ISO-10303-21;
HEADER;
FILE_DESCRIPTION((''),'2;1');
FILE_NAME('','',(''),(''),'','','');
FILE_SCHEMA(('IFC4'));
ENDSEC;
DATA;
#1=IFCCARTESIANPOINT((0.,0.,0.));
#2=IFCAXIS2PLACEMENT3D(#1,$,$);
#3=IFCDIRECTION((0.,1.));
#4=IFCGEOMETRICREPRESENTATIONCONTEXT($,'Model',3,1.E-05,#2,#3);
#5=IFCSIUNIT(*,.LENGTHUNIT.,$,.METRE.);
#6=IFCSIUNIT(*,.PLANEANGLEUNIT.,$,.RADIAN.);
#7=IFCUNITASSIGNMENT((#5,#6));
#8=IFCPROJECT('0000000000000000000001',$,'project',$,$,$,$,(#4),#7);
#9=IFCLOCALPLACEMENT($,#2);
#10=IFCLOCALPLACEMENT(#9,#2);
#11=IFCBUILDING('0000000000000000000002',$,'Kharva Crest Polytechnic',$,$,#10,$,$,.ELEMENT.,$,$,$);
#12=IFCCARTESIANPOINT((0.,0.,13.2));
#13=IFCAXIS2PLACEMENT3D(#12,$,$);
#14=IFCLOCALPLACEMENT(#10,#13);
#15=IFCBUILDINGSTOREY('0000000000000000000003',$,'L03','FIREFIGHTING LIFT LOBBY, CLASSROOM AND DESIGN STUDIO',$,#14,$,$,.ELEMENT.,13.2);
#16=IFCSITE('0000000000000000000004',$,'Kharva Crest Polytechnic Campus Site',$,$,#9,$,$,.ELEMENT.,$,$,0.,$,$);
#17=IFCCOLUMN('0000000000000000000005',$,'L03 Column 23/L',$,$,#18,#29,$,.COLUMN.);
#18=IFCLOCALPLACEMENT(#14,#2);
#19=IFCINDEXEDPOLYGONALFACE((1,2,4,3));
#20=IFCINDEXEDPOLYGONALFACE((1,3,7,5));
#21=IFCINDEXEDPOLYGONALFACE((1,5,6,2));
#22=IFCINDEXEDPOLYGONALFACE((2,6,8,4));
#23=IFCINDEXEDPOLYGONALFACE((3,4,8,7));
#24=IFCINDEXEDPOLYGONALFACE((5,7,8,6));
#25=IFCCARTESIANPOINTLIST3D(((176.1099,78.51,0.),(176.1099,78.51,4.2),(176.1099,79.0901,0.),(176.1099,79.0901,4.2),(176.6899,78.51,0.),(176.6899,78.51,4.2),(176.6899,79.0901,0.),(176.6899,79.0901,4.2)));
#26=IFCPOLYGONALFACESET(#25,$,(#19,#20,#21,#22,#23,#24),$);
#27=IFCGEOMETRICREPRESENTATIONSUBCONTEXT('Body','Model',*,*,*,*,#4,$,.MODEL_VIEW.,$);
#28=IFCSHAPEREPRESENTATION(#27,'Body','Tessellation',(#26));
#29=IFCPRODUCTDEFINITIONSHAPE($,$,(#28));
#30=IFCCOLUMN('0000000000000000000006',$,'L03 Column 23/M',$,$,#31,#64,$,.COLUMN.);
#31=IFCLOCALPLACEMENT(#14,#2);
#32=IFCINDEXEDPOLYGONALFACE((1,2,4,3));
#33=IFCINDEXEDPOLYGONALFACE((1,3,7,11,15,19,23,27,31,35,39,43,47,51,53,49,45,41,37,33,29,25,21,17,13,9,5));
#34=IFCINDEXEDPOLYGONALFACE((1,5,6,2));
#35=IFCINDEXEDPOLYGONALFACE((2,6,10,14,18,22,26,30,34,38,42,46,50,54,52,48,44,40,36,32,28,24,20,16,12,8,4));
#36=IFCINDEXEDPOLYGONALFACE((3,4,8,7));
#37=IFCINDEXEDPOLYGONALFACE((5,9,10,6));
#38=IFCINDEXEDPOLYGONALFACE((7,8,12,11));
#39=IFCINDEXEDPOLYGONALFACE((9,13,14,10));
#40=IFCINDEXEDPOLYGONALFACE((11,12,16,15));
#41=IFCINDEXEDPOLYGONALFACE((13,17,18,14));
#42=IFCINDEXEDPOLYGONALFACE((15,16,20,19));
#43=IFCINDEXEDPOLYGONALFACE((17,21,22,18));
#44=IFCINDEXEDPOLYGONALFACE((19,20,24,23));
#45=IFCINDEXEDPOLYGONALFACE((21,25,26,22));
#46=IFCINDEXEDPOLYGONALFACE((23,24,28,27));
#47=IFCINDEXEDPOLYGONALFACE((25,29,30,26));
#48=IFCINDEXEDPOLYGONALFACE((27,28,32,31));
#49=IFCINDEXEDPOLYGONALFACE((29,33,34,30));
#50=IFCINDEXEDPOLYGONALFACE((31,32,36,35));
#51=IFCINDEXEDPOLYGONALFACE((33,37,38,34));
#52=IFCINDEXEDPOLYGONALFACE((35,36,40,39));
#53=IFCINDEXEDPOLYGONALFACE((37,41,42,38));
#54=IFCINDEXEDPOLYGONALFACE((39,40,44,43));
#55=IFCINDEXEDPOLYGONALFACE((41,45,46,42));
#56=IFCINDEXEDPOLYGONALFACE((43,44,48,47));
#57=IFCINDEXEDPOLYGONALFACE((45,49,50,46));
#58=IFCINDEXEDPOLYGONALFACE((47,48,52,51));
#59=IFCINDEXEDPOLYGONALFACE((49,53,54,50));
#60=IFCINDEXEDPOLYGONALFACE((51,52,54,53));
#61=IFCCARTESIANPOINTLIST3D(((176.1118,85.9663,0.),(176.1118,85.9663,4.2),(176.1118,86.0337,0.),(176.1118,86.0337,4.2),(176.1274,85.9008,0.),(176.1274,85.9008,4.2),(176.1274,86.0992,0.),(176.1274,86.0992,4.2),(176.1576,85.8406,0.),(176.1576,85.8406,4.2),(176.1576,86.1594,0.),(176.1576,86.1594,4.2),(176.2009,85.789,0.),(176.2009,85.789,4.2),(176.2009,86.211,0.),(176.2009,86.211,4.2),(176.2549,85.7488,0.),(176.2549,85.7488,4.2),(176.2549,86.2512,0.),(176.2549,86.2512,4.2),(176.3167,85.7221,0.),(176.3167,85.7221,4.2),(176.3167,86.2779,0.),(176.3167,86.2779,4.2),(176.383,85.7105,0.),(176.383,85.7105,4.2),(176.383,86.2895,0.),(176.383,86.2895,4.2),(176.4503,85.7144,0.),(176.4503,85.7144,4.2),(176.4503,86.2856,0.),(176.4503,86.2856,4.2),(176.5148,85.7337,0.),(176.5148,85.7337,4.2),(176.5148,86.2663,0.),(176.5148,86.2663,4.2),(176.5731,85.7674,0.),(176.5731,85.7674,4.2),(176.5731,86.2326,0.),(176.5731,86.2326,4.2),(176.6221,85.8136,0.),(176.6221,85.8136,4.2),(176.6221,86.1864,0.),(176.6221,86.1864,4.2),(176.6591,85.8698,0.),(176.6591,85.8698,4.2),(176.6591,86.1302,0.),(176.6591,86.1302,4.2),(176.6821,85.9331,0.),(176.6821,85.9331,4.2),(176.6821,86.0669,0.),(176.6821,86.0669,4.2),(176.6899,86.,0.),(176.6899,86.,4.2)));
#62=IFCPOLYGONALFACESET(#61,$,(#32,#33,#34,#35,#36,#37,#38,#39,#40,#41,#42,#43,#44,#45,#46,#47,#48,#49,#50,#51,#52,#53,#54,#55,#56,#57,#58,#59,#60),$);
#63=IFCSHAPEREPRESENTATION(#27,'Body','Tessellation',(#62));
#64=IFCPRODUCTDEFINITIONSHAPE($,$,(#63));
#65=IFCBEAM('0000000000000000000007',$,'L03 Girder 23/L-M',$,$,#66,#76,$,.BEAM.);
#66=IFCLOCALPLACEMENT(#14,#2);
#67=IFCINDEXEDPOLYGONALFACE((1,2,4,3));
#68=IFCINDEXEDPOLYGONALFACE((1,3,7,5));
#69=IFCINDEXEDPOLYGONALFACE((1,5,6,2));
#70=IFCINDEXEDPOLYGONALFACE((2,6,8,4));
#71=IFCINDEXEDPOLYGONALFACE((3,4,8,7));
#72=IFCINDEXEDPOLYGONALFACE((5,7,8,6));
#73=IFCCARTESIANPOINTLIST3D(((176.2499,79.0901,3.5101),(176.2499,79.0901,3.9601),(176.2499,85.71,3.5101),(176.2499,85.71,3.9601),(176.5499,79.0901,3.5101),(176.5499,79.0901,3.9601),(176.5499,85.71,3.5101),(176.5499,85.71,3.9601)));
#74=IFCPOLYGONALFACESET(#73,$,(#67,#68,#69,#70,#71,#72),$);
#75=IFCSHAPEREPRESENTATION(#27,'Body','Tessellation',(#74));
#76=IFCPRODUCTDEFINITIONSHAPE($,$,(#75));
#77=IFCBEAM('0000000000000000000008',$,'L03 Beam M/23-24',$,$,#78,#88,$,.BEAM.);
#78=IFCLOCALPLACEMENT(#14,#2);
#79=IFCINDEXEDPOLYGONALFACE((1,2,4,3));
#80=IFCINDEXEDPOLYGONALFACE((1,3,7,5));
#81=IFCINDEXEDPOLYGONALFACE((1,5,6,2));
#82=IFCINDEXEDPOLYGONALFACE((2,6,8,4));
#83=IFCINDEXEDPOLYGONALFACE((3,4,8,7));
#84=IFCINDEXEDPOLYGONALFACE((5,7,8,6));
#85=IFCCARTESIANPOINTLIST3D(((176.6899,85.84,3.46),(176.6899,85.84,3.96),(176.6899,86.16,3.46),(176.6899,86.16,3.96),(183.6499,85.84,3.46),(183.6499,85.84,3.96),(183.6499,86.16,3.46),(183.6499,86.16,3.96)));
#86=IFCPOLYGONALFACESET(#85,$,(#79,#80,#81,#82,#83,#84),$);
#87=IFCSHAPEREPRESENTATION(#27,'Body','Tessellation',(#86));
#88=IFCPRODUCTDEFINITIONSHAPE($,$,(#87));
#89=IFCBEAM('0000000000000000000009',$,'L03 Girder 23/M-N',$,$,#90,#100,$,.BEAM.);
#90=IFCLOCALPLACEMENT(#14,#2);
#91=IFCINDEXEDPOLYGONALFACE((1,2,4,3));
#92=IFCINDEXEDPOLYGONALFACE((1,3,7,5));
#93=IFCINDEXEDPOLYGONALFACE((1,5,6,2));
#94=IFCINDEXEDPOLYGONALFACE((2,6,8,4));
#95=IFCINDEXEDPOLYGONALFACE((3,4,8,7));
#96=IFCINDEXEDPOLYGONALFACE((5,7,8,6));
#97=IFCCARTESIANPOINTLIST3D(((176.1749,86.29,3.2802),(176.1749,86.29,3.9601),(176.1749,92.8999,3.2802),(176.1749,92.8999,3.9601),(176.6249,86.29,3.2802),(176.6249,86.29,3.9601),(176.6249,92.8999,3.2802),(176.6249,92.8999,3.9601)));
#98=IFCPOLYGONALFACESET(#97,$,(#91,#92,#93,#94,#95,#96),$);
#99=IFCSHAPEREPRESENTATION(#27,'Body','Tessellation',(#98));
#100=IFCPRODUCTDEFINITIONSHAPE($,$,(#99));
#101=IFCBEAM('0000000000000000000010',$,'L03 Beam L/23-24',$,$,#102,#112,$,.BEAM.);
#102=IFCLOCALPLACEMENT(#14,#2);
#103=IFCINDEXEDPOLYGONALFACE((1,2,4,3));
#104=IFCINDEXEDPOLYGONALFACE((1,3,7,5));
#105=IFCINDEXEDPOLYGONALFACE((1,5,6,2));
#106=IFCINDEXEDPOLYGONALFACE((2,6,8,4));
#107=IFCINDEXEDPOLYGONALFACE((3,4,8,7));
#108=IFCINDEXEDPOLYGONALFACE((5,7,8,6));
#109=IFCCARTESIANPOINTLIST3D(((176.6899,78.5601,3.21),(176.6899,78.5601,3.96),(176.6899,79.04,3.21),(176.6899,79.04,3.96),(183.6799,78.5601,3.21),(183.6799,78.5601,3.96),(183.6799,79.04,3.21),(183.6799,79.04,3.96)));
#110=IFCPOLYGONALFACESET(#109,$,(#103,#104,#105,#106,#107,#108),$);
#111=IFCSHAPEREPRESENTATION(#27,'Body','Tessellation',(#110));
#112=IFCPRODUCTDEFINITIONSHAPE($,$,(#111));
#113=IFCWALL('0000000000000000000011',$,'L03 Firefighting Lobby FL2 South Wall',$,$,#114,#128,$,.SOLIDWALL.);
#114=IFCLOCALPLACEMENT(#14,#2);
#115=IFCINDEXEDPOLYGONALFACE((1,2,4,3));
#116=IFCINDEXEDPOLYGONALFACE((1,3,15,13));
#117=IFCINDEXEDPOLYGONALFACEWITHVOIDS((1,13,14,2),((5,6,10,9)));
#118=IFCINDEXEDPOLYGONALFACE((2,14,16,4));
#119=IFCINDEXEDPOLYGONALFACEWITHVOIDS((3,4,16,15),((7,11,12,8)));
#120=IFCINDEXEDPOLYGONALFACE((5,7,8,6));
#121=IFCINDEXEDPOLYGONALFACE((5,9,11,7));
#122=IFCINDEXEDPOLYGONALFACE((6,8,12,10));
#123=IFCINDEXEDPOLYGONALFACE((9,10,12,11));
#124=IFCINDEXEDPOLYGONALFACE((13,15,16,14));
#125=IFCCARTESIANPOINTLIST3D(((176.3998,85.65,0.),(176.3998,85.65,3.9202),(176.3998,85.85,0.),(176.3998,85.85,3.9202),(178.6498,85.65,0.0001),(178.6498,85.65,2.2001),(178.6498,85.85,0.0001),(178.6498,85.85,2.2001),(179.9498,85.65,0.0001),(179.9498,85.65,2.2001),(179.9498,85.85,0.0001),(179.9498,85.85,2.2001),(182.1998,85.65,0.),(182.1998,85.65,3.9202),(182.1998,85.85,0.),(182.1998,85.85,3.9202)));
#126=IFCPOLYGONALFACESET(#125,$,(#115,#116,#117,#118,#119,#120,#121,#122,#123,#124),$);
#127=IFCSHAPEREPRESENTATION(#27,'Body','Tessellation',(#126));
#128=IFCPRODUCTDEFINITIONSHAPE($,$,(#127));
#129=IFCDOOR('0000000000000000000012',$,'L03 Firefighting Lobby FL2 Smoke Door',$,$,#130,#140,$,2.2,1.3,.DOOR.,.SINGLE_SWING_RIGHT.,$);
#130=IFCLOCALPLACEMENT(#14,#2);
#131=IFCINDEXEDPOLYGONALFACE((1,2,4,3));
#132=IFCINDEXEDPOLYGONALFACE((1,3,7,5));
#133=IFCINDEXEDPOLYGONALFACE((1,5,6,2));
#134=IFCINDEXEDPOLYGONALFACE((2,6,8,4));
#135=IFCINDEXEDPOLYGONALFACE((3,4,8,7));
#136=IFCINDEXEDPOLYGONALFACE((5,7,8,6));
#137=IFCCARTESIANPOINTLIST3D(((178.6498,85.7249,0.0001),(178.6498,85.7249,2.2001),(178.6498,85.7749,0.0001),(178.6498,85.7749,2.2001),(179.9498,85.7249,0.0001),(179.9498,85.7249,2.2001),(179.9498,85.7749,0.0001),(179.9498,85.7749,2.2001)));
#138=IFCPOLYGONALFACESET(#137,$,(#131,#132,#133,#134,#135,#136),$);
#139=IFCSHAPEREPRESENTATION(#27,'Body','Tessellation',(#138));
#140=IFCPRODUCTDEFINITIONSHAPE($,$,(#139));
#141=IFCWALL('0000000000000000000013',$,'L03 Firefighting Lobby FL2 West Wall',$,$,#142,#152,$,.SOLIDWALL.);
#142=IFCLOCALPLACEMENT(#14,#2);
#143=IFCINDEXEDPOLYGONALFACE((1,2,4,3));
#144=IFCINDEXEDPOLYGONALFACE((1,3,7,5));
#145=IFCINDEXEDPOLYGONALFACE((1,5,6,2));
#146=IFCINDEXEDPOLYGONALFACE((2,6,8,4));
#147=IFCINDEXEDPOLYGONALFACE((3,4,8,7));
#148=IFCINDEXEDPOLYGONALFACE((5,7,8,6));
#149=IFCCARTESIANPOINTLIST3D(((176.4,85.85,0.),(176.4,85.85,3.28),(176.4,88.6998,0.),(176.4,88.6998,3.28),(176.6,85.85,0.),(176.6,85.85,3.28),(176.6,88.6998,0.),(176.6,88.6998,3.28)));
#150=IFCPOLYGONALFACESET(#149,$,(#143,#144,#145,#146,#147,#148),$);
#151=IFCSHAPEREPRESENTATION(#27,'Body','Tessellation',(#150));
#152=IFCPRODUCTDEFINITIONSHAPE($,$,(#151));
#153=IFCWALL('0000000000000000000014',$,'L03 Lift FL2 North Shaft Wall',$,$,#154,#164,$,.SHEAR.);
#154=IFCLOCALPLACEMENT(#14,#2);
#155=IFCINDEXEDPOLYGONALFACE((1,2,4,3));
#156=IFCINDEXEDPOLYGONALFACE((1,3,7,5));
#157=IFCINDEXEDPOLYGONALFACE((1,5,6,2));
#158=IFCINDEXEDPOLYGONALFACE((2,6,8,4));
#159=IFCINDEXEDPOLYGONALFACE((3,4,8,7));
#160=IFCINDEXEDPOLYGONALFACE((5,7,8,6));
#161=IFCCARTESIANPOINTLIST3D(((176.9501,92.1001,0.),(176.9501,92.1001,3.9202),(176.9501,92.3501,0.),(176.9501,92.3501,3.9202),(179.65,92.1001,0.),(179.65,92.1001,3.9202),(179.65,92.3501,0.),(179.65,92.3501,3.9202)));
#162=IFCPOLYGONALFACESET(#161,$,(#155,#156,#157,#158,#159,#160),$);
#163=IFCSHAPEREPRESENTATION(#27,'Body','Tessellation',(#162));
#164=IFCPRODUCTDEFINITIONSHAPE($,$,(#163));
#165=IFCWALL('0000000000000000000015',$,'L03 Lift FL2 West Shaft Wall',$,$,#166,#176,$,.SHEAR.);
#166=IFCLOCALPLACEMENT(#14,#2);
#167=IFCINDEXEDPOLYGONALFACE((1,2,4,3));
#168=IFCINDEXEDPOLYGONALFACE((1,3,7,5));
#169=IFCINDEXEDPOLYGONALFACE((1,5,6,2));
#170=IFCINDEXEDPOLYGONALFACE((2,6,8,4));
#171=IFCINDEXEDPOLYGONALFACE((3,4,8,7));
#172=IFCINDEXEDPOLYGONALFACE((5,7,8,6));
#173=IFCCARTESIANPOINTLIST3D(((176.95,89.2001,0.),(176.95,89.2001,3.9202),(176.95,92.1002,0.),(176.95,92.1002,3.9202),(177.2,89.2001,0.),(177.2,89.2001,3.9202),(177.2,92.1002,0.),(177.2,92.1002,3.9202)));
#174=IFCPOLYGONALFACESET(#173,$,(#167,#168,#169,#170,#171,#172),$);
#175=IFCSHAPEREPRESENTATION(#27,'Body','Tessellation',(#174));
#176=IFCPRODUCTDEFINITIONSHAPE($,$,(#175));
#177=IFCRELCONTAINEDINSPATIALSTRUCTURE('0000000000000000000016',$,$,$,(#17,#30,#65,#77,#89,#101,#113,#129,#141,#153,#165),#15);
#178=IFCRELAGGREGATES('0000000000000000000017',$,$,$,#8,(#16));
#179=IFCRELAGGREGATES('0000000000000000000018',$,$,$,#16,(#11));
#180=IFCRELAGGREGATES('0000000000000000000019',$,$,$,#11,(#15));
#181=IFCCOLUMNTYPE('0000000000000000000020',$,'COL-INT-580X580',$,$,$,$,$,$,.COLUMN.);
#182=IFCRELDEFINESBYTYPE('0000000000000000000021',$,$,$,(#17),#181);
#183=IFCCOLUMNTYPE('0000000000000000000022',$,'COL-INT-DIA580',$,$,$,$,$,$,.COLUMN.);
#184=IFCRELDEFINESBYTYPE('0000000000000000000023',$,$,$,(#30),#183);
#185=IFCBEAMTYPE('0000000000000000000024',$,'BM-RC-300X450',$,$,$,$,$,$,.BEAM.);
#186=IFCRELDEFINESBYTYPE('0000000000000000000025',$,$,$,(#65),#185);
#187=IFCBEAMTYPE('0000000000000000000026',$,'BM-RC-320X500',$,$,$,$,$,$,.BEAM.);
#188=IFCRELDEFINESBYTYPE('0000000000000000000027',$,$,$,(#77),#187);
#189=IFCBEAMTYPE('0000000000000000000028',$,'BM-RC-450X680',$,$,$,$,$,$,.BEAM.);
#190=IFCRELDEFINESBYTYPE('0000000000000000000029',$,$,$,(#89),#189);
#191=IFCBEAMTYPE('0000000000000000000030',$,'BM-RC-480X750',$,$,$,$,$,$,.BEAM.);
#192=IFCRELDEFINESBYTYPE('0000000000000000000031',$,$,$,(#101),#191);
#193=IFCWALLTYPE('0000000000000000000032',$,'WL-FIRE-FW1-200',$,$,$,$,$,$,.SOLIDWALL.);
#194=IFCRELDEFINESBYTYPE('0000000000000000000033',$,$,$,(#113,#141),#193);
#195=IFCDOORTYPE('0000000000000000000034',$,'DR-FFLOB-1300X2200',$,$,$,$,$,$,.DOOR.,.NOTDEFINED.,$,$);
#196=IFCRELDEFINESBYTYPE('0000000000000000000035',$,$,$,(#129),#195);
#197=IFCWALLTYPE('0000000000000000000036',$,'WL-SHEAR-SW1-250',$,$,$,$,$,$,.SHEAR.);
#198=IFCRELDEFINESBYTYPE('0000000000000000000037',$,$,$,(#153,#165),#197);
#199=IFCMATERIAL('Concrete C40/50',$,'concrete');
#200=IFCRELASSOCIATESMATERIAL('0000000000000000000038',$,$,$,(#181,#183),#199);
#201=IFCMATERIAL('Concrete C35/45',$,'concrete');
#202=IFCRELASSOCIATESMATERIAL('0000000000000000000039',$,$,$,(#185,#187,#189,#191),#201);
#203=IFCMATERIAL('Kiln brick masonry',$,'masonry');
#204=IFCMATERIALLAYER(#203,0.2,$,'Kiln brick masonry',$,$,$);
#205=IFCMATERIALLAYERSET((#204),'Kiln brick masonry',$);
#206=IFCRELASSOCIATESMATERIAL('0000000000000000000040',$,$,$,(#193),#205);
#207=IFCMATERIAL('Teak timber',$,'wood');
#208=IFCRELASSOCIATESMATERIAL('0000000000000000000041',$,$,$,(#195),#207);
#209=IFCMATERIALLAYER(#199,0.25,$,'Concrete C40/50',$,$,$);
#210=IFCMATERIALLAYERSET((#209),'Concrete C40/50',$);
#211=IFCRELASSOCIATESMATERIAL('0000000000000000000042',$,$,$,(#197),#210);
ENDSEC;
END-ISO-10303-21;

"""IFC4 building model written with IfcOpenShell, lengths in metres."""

from ifc_helpers import new_model, si_unit, direction, frame, frame_2d, origin, origin_2d, place, context, subcontext, project, spatial, rectangle, circle, extrude, material, layer, layer_set, material_profile, profile_set, type_object, element, fill, save


model = new_model("IFC4")

# Units and contexts
model_context = context("Model", 3, precision=1e-05, world=origin(), true_north=direction((0.0, 1.0)))
body_context = subcontext(model_context, "Body", "Model", "MODEL_VIEW")
ifc_project = project(units=[si_unit("LENGTHUNIT", "METRE"), si_unit("PLANEANGLEUNIT", "RADIAN")], contexts=[model_context])

# Site, building, storey
site_placement = place(None, origin())
site = spatial("IfcSite", under=ifc_project, at=site_placement, Name="Kharva Crest Polytechnic Campus Site", CompositionType="ELEMENT", RefElevation=0.0)
building_placement = place(site_placement, origin())
building = spatial("IfcBuilding", under=site, at=building_placement, Name="Kharva Crest Polytechnic", CompositionType="ELEMENT")
storey_placement = place(building_placement, frame((0.0, 0.0, 13.2)))
storey = spatial("IfcBuildingStorey", under=building, at=storey_placement, Name="L03", Description="FIREFIGHTING LIFT LOBBY, CLASSROOM AND DESIGN STUDIO", CompositionType="ELEMENT", Elevation=13.2)

# Columns
ifc_material_1 = material(Name="Concrete C40/50", Category="concrete")
ifc_material_profile_1 = material_profile(ifc_material_1, rectangle(XDim=0.5801, YDim=0.5801, at=origin_2d()), Name="RECT 580 X 580")
ifc_profile_set_1 = profile_set([ifc_material_profile_1], Name="Concrete C40/50")
column_type_1 = type_object("IfcColumnType", Name="COL-INT-580X580", PredefinedType="COLUMN", material=ifc_profile_set_1)
column_1_placement = place(storey_placement, frame((176.3999, 78.8, 0.0), z_axis=(0.0, 0.0, 1.0), x_axis=(1.0, 0.0, 0.0)))
element("IfcColumn", 1, at=column_1_placement, inside=storey, type_object=column_type_1, Name="L03 Column 23/L", PredefinedType="COLUMN", context=body_context, shape_type="SweptSolid", body=[
    extrude(rectangle(XDim=0.5801, YDim=0.5801, at=origin_2d()), origin(), (0.0, 0.0, 1.0), 4.2),
])
ifc_material_profile_2 = material_profile(ifc_material_1, circle(Radius=0.29, at=origin_2d()), Name="DIA 580")
ifc_profile_set_2 = profile_set([ifc_material_profile_2], Name="Concrete C40/50")
column_type_2 = type_object("IfcColumnType", Name="COL-INT-DIA580", PredefinedType="COLUMN", material=ifc_profile_set_2)
column_2_placement = place(storey_placement, frame((176.3999, 86.0, 0.0), z_axis=(0.0, 0.0, 1.0), x_axis=(1.0, 0.0, 0.0)))
element("IfcColumn", 2, at=column_2_placement, inside=storey, type_object=column_type_2, Name="L03 Column 23/M", PredefinedType="COLUMN", context=body_context, shape_type="SweptSolid", body=[
    extrude(circle(Radius=0.29, at=origin_2d()), origin(), (0.0, 0.0, 1.0), 4.2),
])

# Beams
ifc_material_2 = material(Name="Concrete C35/45", Category="concrete")
ifc_material_profile_3 = material_profile(ifc_material_2, rectangle(XDim=0.3, YDim=0.45, at=origin_2d()), Name="RECT 300 X 450")
ifc_profile_set_3 = profile_set([ifc_material_profile_3], Name="Concrete C35/45")
beam_type_1 = type_object("IfcBeamType", Name="BM-RC-300X450", PredefinedType="BEAM", material=ifc_profile_set_3)
beam_1_placement = place(storey_placement, frame((176.3999, 79.0901, 3.7351), z_axis=(0.0, 1.0, 0.0), x_axis=(-1.0, 0.0, 0.0)))
element("IfcBeam", 3, at=beam_1_placement, inside=storey, type_object=beam_type_1, Name="L03 Girder 23/L-M", PredefinedType="BEAM", context=body_context, shape_type="SweptSolid", body=[
    extrude(rectangle(XDim=0.3, YDim=0.45, at=origin_2d()), origin(), (0.0, 0.0, 1.0), 6.6199),
])
ifc_material_profile_4 = material_profile(ifc_material_2, rectangle(XDim=0.3201, YDim=0.5, at=origin_2d()), Name="RECT 320 X 500")
ifc_profile_set_4 = profile_set([ifc_material_profile_4], Name="Concrete C35/45")
beam_type_2 = type_object("IfcBeamType", Name="BM-RC-320X500", PredefinedType="BEAM", material=ifc_profile_set_4)
beam_2_placement = place(storey_placement, frame((176.6899, 86.0, 3.71), z_axis=(1.0, 0.0, 0.0), x_axis=(0.0, 1.0, 0.0)))
element("IfcBeam", 4, at=beam_2_placement, inside=storey, type_object=beam_type_2, Name="L03 Beam M/23-24", PredefinedType="BEAM", context=body_context, shape_type="SweptSolid", body=[
    extrude(rectangle(XDim=0.3201, YDim=0.5, at=origin_2d()), origin(), (0.0, 0.0, 1.0), 6.96),
])
ifc_material_profile_5 = material_profile(ifc_material_2, rectangle(XDim=0.45, YDim=0.6799, at=origin_2d()), Name="RECT 450 X 680")
ifc_profile_set_5 = profile_set([ifc_material_profile_5], Name="Concrete C35/45")
beam_type_3 = type_object("IfcBeamType", Name="BM-RC-450X680", PredefinedType="BEAM", material=ifc_profile_set_5)
beam_3_placement = place(storey_placement, frame((176.3999, 86.29, 3.6201), z_axis=(0.0, 1.0, 0.0), x_axis=(-1.0, 0.0, 0.0)))
element("IfcBeam", 5, at=beam_3_placement, inside=storey, type_object=beam_type_3, Name="L03 Girder 23/M-N", PredefinedType="BEAM", context=body_context, shape_type="SweptSolid", body=[
    extrude(rectangle(XDim=0.45, YDim=0.6799, at=origin_2d()), origin(), (0.0, 0.0, 1.0), 6.6099),
])
ifc_material_profile_6 = material_profile(ifc_material_2, rectangle(XDim=0.48, YDim=0.75, at=origin_2d()), Name="RECT 480 X 750")
ifc_profile_set_6 = profile_set([ifc_material_profile_6], Name="Concrete C35/45")
beam_type_4 = type_object("IfcBeamType", Name="BM-RC-480X750", PredefinedType="BEAM", material=ifc_profile_set_6)
beam_4_placement = place(storey_placement, frame((176.6899, 78.8, 3.585), z_axis=(1.0, 0.0, 0.0), x_axis=(0.0, 1.0, 0.0)))
element("IfcBeam", 6, at=beam_4_placement, inside=storey, type_object=beam_type_4, Name="L03 Beam L/23-24", PredefinedType="BEAM", context=body_context, shape_type="SweptSolid", body=[
    extrude(rectangle(XDim=0.48, YDim=0.75, at=origin_2d()), origin(), (0.0, 0.0, 1.0), 6.99),
])

# Wall, opening, door
ifc_material_3 = material(Name="Kiln brick masonry", Category="masonry")
ifc_layer_1 = layer(ifc_material_3, 0.2, Name="Kiln brick masonry")
ifc_layer_set_1 = layer_set([ifc_layer_1], Name="Kiln brick masonry")
wall_type_1 = type_object("IfcWallType", Name="WL-FIRE-FW1-200", PredefinedType="SOLIDWALL", material=ifc_layer_set_1)
wall_1_placement = place(storey_placement, frame((176.3999, 85.75, 0.0), z_axis=(0.0, 0.0, 1.0), x_axis=(1.0, 0.0, 0.0)))
wall_1 = element("IfcWall", 7, at=wall_1_placement, inside=storey, type_object=wall_type_1, Name="L03 Firefighting Lobby FL2 South Wall", PredefinedType="SOLIDWALL", context=body_context, shape_type="SweptSolid", body=[
    extrude(rectangle(XDim=5.8, YDim=0.2, at=frame_2d((2.8999, 0.0))), origin(), (0.0, 0.0, 1.0), 3.9202),
])
opening_1_placement = place(wall_1_placement, frame((2.25, 0.0, 0.0)))
opening_1 = element("IfcOpeningElement", 8, at=opening_1_placement, cuts=wall_1, PredefinedType="OPENING", context=body_context, shape_type="SweptSolid", body=[
    extrude(rectangle(XDim=1.3, YDim=2.2, at=frame_2d((0.6499, 1.1001))), frame((0.0, 0.1099, 0.0), z_axis=(0.0, -1.0, 0.0), x_axis=(1.0, 0.0, 0.0)), (0.0, 0.0, 1.0), 0.22),
])
ifc_material_4 = material(Name="Teak timber", Category="wood")
door_type_1 = type_object("IfcDoorType", Name="DR-FFLOB-1300X2200", OperationType="NOTDEFINED", PredefinedType="DOOR", material=ifc_material_4)
door_1_placement = place(opening_1_placement, origin())
door_1 = element("IfcDoor", 9, at=door_1_placement, inside=storey, type_object=door_type_1, Name="L03 Firefighting Lobby FL2 Smoke Door", OperationType="SINGLE_SWING_RIGHT", OverallHeight=2.2, OverallWidth=1.3, PredefinedType="DOOR", context=body_context, shape_type="SweptSolid", body=[
    extrude(rectangle(XDim=1.3, YDim=2.2, at=frame_2d((0.6499, 1.1001))), frame((0.0, 0.0249, 0.0), z_axis=(0.0, -1.0, 0.0), x_axis=(1.0, 0.0, 0.0)), (0.0, 0.0, 1.0), 0.05),
])
fill(opening_1, door_1)

# Wall
wall_2_placement = place(storey_placement, frame((176.5, 85.8501, 0.0), z_axis=(0.0, 0.0, 1.0), x_axis=(0.0, 1.0, 0.0)))
element("IfcWall", 10, at=wall_2_placement, inside=storey, type_object=wall_type_1, Name="L03 Firefighting Lobby FL2 West Wall", PredefinedType="SOLIDWALL", context=body_context, shape_type="SweptSolid", body=[
    extrude(rectangle(XDim=2.8499, YDim=0.2, at=frame_2d((1.4248, 0.0))), origin(), (0.0, 0.0, 1.0), 3.28),
])

# Shared definitions
ifc_layer_2 = layer(ifc_material_1, 0.25, Name="Concrete C40/50")
ifc_layer_set_2 = layer_set([ifc_layer_2], Name="Concrete C40/50")
wall_type_2 = type_object("IfcWallType", Name="WL-SHEAR-SW1-250", PredefinedType="SHEAR", material=ifc_layer_set_2)

# Walls
wall_3_placement = place(storey_placement, frame((176.95, 92.2251, 0.0), z_axis=(0.0, 0.0, 1.0), x_axis=(1.0, 0.0, 0.0)))
element("IfcWall", 11, at=wall_3_placement, inside=storey, type_object=wall_type_2, Name="L03 Lift FL2 North Shaft Wall", PredefinedType="SHEAR", context=body_context, shape_type="SweptSolid", body=[
    extrude(rectangle(XDim=2.7, YDim=0.25, at=frame_2d((1.3501, 0.0))), origin(), (0.0, 0.0, 1.0), 3.9202),
])
for number, where, z_axis, x_axis, name in (
    (12, (177.075, 89.2, 0.0), (0.0, 0.0, 1.0), (0.0, 1.0, 0.0), "L03 Lift FL2 West Shaft Wall"),
):
    element("IfcWall", number, at=place(storey_placement, frame(where, z_axis=z_axis, x_axis=x_axis)), inside=storey, type_object=wall_type_2, Name=name, PredefinedType="SHEAR", context=body_context, shape_type="SweptSolid", body=[
        extrude(rectangle(XDim=2.9001, YDim=0.25, at=frame_2d((1.4502, 0.0))), origin(), (0.0, 0.0, 1.0), 3.9202),
    ])

save(model, "model.ifc")
